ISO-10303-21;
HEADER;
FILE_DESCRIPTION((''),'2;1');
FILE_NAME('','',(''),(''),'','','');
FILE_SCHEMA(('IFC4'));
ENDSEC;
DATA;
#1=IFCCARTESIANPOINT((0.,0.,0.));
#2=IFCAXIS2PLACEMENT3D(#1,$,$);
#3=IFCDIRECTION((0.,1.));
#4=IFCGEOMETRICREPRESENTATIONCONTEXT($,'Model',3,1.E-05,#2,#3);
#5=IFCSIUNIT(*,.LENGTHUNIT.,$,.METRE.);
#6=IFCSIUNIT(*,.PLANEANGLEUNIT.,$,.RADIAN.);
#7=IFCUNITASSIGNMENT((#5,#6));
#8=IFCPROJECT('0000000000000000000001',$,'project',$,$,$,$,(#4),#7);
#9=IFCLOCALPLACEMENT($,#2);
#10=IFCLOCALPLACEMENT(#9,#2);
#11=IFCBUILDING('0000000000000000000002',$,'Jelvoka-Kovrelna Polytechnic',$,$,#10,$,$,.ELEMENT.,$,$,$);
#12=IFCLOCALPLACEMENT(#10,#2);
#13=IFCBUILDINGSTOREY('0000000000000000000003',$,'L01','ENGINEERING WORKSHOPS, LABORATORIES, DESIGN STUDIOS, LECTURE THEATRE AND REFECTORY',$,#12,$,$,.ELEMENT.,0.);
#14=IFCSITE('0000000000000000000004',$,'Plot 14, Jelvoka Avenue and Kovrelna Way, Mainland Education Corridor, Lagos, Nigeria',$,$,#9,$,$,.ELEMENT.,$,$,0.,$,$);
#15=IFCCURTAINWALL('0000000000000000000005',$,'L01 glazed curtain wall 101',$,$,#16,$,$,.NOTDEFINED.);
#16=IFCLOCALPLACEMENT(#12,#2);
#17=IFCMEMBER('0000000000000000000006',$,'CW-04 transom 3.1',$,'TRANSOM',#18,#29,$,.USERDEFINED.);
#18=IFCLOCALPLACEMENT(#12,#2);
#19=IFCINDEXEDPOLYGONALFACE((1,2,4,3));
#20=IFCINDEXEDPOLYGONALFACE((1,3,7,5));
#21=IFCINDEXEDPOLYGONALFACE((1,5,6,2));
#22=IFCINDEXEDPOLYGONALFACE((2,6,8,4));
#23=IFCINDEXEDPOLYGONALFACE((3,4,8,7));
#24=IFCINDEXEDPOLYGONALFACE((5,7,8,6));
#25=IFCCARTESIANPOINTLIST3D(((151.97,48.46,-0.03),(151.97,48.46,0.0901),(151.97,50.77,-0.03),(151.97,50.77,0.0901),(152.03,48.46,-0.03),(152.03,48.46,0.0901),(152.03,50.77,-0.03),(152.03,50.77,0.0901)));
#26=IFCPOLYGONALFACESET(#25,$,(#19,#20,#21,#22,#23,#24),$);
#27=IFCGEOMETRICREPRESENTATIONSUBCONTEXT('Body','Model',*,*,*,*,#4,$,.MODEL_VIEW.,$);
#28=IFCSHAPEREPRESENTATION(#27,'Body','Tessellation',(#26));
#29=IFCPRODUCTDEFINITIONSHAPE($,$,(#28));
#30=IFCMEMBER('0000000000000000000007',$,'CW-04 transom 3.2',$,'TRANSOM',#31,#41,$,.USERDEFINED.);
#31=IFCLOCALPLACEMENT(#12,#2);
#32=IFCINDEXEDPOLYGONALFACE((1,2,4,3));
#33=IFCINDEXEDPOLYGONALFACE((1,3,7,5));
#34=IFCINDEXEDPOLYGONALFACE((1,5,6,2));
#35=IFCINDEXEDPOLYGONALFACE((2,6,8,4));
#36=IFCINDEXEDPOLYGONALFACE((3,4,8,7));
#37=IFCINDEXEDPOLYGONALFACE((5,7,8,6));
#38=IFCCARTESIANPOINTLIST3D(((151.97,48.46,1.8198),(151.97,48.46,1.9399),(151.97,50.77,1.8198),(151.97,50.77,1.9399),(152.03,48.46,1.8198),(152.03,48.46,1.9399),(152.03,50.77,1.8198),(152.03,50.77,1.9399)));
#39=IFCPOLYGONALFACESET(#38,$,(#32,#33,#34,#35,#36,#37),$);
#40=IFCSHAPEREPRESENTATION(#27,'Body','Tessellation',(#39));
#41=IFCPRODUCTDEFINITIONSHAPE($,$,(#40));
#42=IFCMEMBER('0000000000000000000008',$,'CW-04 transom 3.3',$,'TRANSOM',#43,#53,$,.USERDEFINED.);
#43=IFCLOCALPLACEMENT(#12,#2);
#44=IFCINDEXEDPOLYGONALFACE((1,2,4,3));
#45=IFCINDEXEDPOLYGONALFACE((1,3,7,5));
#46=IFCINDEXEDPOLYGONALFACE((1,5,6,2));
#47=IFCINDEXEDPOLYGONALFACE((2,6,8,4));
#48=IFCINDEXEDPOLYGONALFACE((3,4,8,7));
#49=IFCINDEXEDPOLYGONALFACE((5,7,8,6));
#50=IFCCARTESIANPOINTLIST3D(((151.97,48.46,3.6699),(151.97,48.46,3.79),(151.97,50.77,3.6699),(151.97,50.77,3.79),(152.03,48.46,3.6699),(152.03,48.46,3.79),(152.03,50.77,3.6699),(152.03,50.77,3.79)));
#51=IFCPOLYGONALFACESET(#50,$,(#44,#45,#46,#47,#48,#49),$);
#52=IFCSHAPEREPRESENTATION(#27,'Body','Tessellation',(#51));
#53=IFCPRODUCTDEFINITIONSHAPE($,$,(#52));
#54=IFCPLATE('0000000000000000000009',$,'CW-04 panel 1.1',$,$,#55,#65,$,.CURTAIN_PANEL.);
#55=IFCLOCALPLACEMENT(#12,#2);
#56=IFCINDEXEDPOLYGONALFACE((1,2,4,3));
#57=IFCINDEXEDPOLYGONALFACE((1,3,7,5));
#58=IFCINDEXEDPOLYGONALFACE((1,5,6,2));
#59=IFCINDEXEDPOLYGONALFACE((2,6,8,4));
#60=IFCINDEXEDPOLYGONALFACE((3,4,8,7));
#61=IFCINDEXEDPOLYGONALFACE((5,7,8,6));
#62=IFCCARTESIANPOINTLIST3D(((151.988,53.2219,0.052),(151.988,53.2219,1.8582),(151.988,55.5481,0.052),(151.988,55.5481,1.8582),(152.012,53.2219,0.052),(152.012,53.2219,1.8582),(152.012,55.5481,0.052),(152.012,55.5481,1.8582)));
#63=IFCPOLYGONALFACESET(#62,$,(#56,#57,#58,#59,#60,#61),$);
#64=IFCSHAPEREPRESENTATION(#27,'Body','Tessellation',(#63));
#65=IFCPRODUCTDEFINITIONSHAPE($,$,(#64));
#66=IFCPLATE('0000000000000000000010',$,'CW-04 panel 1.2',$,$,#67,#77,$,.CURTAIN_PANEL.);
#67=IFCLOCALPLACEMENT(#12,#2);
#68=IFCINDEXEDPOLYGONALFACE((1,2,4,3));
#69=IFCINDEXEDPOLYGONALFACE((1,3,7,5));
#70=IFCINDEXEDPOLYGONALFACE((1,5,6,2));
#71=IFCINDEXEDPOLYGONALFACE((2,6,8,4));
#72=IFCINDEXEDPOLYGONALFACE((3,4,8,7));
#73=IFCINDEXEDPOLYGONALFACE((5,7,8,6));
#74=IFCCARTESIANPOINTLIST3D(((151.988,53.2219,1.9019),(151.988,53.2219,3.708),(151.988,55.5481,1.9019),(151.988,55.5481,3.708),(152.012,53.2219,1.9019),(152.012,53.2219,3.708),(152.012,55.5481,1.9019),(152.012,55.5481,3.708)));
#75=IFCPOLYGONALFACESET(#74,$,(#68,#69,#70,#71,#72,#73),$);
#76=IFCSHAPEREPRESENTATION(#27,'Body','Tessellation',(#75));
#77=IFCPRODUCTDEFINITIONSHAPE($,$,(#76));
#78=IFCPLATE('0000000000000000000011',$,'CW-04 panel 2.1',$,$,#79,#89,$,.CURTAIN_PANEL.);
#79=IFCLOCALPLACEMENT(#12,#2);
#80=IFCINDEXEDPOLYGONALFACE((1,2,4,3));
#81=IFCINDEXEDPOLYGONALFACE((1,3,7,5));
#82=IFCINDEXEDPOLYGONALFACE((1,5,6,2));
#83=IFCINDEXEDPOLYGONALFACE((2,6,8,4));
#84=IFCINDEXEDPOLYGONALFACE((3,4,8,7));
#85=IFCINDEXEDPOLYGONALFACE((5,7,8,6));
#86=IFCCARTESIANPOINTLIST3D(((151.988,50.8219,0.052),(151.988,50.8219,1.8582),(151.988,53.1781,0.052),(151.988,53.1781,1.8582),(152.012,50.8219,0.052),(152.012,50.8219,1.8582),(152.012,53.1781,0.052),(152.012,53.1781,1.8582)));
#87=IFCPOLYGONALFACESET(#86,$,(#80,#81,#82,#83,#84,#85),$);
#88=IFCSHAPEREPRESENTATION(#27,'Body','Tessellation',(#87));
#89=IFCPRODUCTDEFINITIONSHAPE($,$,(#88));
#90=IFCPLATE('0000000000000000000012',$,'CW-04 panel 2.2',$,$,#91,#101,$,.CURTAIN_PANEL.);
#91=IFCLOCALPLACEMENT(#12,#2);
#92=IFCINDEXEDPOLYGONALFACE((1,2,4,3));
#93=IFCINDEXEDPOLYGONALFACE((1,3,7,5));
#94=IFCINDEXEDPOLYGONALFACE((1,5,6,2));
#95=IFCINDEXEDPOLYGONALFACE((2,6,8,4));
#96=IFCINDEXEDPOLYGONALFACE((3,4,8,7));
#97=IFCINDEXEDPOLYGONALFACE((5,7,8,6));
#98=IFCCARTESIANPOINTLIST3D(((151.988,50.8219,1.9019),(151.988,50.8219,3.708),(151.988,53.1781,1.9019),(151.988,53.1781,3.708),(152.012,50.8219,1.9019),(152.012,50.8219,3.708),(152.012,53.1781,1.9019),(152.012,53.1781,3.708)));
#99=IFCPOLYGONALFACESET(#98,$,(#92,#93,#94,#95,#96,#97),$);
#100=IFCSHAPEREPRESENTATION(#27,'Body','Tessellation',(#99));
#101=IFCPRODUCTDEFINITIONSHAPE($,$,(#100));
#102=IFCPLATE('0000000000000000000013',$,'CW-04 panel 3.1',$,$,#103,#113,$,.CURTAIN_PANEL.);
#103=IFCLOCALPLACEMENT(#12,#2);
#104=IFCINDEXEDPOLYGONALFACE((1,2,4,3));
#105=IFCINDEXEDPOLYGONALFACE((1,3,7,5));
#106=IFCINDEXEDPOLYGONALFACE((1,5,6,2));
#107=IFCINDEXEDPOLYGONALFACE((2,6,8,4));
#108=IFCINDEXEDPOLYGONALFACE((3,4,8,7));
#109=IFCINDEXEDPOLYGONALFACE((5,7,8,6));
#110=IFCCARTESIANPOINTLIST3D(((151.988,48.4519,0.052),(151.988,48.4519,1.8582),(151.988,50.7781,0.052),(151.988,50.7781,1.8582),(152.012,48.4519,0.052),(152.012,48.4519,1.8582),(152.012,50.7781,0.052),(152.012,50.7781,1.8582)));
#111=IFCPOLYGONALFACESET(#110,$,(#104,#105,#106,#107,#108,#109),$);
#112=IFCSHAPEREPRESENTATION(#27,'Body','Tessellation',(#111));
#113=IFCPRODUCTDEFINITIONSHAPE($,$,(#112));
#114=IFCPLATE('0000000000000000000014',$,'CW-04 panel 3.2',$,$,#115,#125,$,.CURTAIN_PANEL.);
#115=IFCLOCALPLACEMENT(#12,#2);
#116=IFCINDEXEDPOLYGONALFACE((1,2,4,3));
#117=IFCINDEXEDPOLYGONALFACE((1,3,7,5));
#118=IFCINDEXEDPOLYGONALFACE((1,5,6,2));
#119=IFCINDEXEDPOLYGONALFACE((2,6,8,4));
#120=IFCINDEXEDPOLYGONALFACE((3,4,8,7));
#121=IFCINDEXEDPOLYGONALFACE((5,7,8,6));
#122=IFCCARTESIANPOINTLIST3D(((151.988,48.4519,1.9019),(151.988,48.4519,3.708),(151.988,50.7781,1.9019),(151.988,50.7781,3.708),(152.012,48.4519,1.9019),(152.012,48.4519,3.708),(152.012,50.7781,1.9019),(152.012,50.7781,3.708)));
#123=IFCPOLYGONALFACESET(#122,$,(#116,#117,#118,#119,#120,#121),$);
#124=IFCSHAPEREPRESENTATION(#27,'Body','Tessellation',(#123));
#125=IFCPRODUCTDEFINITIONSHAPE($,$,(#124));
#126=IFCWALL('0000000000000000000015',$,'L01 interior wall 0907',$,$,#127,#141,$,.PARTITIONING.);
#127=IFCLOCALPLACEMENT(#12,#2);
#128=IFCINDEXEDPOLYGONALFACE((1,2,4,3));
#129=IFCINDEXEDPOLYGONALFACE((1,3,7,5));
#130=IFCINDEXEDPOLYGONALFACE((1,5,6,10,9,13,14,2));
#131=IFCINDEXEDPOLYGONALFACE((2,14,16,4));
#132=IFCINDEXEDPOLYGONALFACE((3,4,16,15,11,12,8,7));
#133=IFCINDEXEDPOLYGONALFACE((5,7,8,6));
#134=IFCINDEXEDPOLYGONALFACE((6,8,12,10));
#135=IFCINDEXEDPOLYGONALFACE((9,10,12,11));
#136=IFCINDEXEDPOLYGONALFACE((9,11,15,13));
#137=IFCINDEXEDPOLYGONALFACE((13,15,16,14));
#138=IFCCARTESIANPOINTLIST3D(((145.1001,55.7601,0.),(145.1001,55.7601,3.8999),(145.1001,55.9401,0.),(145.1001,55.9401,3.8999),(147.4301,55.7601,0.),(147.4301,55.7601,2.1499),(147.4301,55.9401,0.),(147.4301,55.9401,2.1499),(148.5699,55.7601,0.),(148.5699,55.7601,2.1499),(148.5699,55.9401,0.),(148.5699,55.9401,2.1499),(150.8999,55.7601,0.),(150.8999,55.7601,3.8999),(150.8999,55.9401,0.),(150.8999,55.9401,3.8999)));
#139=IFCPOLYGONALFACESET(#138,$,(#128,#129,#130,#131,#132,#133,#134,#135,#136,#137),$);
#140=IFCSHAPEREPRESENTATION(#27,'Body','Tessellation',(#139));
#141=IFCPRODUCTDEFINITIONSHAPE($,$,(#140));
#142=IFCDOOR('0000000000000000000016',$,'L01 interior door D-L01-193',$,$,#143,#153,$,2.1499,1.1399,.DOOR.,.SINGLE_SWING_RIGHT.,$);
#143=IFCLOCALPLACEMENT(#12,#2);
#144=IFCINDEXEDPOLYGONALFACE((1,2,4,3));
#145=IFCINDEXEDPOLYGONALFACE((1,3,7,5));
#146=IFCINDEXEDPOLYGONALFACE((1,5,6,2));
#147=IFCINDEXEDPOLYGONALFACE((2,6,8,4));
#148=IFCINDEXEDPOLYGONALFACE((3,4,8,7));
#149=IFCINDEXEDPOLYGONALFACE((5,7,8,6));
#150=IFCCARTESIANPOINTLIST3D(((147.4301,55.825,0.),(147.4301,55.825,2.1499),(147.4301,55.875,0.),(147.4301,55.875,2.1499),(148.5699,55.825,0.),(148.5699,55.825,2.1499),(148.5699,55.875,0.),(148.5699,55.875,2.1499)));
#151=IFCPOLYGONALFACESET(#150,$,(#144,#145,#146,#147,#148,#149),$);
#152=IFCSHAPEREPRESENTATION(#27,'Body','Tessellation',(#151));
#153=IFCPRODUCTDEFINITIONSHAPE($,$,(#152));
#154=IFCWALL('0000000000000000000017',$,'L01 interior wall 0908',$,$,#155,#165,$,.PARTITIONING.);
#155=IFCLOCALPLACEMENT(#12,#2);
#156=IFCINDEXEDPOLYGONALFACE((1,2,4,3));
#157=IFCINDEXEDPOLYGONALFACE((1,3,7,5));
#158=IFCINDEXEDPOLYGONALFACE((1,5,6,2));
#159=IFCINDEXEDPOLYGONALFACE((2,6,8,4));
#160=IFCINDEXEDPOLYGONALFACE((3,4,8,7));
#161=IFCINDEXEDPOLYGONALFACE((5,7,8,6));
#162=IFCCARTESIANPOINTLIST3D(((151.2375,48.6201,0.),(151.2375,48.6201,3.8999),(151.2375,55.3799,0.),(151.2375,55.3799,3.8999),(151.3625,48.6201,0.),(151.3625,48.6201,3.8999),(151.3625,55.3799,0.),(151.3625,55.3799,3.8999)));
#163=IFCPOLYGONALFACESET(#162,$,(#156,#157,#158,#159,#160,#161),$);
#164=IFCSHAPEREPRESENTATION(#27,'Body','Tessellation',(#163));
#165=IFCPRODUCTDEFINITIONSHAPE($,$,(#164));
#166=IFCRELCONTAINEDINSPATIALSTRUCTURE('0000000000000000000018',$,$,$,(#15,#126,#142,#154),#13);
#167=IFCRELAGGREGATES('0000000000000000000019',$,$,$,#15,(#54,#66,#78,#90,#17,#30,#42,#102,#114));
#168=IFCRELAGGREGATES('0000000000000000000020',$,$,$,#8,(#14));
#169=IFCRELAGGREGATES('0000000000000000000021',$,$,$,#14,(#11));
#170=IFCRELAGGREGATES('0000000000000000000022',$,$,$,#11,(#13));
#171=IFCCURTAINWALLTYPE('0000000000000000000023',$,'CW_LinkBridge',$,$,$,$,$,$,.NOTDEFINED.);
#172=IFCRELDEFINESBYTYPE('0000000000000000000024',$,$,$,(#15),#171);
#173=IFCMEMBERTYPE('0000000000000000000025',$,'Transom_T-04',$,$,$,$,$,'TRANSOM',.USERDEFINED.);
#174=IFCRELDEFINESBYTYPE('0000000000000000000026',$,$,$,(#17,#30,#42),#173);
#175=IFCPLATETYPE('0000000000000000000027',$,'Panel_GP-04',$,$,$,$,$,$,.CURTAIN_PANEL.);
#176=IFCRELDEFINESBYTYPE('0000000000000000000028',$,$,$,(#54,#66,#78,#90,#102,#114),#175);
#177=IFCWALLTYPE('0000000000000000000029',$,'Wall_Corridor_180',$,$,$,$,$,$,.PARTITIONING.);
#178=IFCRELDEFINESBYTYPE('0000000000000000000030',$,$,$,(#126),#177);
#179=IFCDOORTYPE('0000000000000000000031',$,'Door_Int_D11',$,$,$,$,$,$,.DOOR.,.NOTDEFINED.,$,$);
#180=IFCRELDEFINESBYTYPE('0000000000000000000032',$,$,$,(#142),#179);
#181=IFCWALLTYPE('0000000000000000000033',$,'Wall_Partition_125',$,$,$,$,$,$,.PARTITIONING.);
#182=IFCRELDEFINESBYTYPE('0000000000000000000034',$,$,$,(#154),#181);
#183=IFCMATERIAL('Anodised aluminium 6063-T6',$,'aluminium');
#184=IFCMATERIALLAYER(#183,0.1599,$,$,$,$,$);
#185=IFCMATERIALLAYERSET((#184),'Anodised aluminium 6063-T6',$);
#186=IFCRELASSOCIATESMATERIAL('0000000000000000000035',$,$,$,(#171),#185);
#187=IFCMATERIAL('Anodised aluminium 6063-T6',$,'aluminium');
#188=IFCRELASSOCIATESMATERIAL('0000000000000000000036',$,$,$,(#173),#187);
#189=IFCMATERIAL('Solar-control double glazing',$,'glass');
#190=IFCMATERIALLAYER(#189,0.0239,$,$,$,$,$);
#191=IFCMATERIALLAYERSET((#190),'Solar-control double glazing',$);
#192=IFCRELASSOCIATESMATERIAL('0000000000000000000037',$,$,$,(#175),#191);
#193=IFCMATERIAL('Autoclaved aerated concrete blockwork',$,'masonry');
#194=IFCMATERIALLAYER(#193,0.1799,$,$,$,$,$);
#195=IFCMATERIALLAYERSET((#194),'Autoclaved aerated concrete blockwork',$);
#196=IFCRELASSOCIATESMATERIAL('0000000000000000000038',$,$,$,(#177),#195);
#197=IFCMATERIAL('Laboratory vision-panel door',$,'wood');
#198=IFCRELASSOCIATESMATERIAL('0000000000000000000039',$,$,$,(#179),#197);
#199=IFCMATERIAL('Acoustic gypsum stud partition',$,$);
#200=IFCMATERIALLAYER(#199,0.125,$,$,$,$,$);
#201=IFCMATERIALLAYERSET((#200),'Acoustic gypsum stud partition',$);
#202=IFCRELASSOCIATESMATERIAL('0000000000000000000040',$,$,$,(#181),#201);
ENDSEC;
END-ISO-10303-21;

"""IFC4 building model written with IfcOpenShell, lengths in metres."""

from ifc_helpers import new_model, si_unit, direction, frame, frame_2d, origin, origin_2d, place, context, subcontext, project, spatial, rectangle, extrude, material, layer, layer_set, material_profile, profile_set, type_object, element, fill, aggregate, save


model = new_model("IFC4")

# Units and contexts
model_context = context("Model", 3, precision=1e-05, world=origin(), true_north=direction((0.0, 1.0)))
body_context = subcontext(model_context, "Body", "Model", "MODEL_VIEW")
ifc_project = project(units=[si_unit("LENGTHUNIT", "METRE"), si_unit("PLANEANGLEUNIT", "RADIAN")], contexts=[model_context])

# Site, building, storey
site_placement = place(None, origin())
site = spatial("IfcSite", under=ifc_project, at=site_placement, Name="Plot 14, Jelvoka Avenue and Kovrelna Way, Mainland Education Corridor, Lagos, Nigeria", CompositionType="ELEMENT", RefElevation=0.0)
building_placement = place(site_placement, origin())
building = spatial("IfcBuilding", under=site, at=building_placement, Name="Jelvoka-Kovrelna Polytechnic", CompositionType="ELEMENT")
storey_placement = place(building_placement, origin())
storey = spatial("IfcBuildingStorey", under=building, at=storey_placement, Name="L01", Description="ENGINEERING WORKSHOPS, LABORATORIES, DESIGN STUDIOS, LECTURE THEATRE AND REFECTORY", CompositionType="ELEMENT", Elevation=0.0)

# Curtain wall
ifc_material_1 = material(Name="Anodised aluminium 6063-T6", Category="aluminium")
ifc_layer_1 = layer(ifc_material_1, 0.1599)
ifc_layer_set_1 = layer_set([ifc_layer_1], Name="Anodised aluminium 6063-T6")
curtain_wall_type = type_object("IfcCurtainWallType", Name="CW_LinkBridge", PredefinedType="NOTDEFINED", material=ifc_layer_set_1)
curtain_wall_placement = place(storey_placement, origin())
curtain_wall = element("IfcCurtainWall", 1, at=curtain_wall_placement, inside=storey, type_object=curtain_wall_type, Name="L01 glazed curtain wall 101", PredefinedType="NOTDEFINED")

# Members
ifc_material_2 = material(Name="Anodised aluminium 6063-T6", Category="aluminium")
ifc_material_profile_1 = material_profile(ifc_material_2, rectangle(XDim=0.0601, YDim=0.1201, at=origin_2d()), Name="ALU 60x120")
ifc_profile_set_1 = profile_set([ifc_material_profile_1], Name="Anodised aluminium 6063-T6")
member_type_1 = type_object("IfcMemberType", Name="Transom_T-04", ElementType="TRANSOM", PredefinedType="USERDEFINED", material=ifc_profile_set_1)
member_1_placement = place(storey_placement, frame((152.0, 50.77, 0.03), z_axis=(0.0, -1.0, 0.0), x_axis=(1.0, 0.0, 0.0)))
member_1 = element("IfcMember", 2, at=member_1_placement, type_object=member_type_1, Name="CW-04 transom 3.1", ObjectType="TRANSOM", PredefinedType="USERDEFINED", context=body_context, shape_type="SweptSolid", body=[
    extrude(rectangle(XDim=0.0601, YDim=0.1201, at=origin_2d()), origin(), (0.0, 0.0, 1.0), 2.3101),
])
member_2_placement = place(storey_placement, frame((152.0, 50.77, 1.8799), z_axis=(0.0, -1.0, 0.0), x_axis=(1.0, 0.0, 0.0)))
member_2 = element("IfcMember", 3, at=member_2_placement, type_object=member_type_1, Name="CW-04 transom 3.2", ObjectType="TRANSOM", PredefinedType="USERDEFINED", context=body_context, shape_type="SweptSolid", body=[
    extrude(rectangle(XDim=0.0601, YDim=0.1201, at=origin_2d()), origin(), (0.0, 0.0, 1.0), 2.3101),
])
member_3_placement = place(storey_placement, frame((152.0, 50.77, 3.73), z_axis=(0.0, -1.0, 0.0), x_axis=(1.0, 0.0, 0.0)))
member_3 = element("IfcMember", 4, at=member_3_placement, type_object=member_type_1, Name="CW-04 transom 3.3", ObjectType="TRANSOM", PredefinedType="USERDEFINED", context=body_context, shape_type="SweptSolid", body=[
    extrude(rectangle(XDim=0.0601, YDim=0.1201, at=origin_2d()), origin(), (0.0, 0.0, 1.0), 2.3101),
])

# Plates
ifc_material_3 = material(Name="Solar-control double glazing", Category="glass")
ifc_layer_2 = layer(ifc_material_3, 0.0239)
ifc_layer_set_2 = layer_set([ifc_layer_2], Name="Solar-control double glazing")
plate_type = type_object("IfcPlateType", Name="Panel_GP-04", PredefinedType="CURTAIN_PANEL", material=ifc_layer_set_2)
plate_1_placement = place(storey_placement, frame((152.0, 54.385, 0.052), z_axis=(0.0, 0.0, 1.0), x_axis=(0.0, -1.0, 0.0)))
plate_1 = element("IfcPlate", 5, at=plate_1_placement, type_object=plate_type, Name="CW-04 panel 1.1", PredefinedType="CURTAIN_PANEL", context=body_context, shape_type="SweptSolid", body=[
    extrude(rectangle(XDim=2.3262, YDim=0.0239, at=origin_2d()), origin(), (0.0, 0.0, 1.0), 1.8062),
])
plate_2_placement = place(storey_placement, frame((152.0, 54.385, 1.9019), z_axis=(0.0, 0.0, 1.0), x_axis=(0.0, -1.0, 0.0)))
plate_2 = element("IfcPlate", 6, at=plate_2_placement, type_object=plate_type, Name="CW-04 panel 1.2", PredefinedType="CURTAIN_PANEL", context=body_context, shape_type="SweptSolid", body=[
    extrude(rectangle(XDim=2.3262, YDim=0.0239, at=origin_2d()), origin(), (0.0, 0.0, 1.0), 1.8062),
])
plate_3_placement = place(storey_placement, frame((152.0, 52.0, 0.052), z_axis=(0.0, 0.0, 1.0), x_axis=(0.0, -1.0, 0.0)))
plate_3 = element("IfcPlate", 7, at=plate_3_placement, type_object=plate_type, Name="CW-04 panel 2.1", PredefinedType="CURTAIN_PANEL", context=body_context, shape_type="SweptSolid", body=[
    extrude(rectangle(XDim=2.3562, YDim=0.0239, at=origin_2d()), origin(), (0.0, 0.0, 1.0), 1.8062),
])
plate_4_placement = place(storey_placement, frame((152.0, 52.0, 1.9019), z_axis=(0.0, 0.0, 1.0), x_axis=(0.0, -1.0, 0.0)))
plate_4 = element("IfcPlate", 8, at=plate_4_placement, type_object=plate_type, Name="CW-04 panel 2.2", PredefinedType="CURTAIN_PANEL", context=body_context, shape_type="SweptSolid", body=[
    extrude(rectangle(XDim=2.3562, YDim=0.0239, at=origin_2d()), origin(), (0.0, 0.0, 1.0), 1.8062),
])
plate_5_placement = place(storey_placement, frame((152.0, 49.615, 0.052), z_axis=(0.0, 0.0, 1.0), x_axis=(0.0, -1.0, 0.0)))
plate_5 = element("IfcPlate", 9, at=plate_5_placement, type_object=plate_type, Name="CW-04 panel 3.1", PredefinedType="CURTAIN_PANEL", context=body_context, shape_type="SweptSolid", body=[
    extrude(rectangle(XDim=2.3262, YDim=0.0239, at=origin_2d()), origin(), (0.0, 0.0, 1.0), 1.8062),
])
plate_6_placement = place(storey_placement, frame((152.0, 49.615, 1.9019), z_axis=(0.0, 0.0, 1.0), x_axis=(0.0, -1.0, 0.0)))
plate_6 = element("IfcPlate", 10, at=plate_6_placement, type_object=plate_type, Name="CW-04 panel 3.2", PredefinedType="CURTAIN_PANEL", context=body_context, shape_type="SweptSolid", body=[
    extrude(rectangle(XDim=2.3262, YDim=0.0239, at=origin_2d()), origin(), (0.0, 0.0, 1.0), 1.8062),
])
aggregate(curtain_wall, [plate_1, plate_2, plate_3, plate_4, member_1, member_2, member_3, plate_5, plate_6])

# Wall, opening, door
ifc_material_4 = material(Name="Autoclaved aerated concrete blockwork", Category="masonry")
ifc_layer_3 = layer(ifc_material_4, 0.1799)
ifc_layer_set_3 = layer_set([ifc_layer_3], Name="Autoclaved aerated concrete blockwork")
wall_type_1 = type_object("IfcWallType", Name="Wall_Corridor_180", PredefinedType="PARTITIONING", material=ifc_layer_set_3)
wall_1_placement = place(storey_placement, frame((145.1001, 55.8501, 0.0), z_axis=(0.0, 0.0, 1.0), x_axis=(1.0, 0.0, 0.0)))
wall_1 = element("IfcWall", 11, at=wall_1_placement, inside=storey, type_object=wall_type_1, Name="L01 interior wall 0907", PredefinedType="PARTITIONING", context=body_context, shape_type="SweptSolid", body=[
    extrude(rectangle(XDim=5.7998, YDim=0.1799, at=frame_2d((2.8999, 0.0))), origin(), (0.0, 0.0, 1.0), 3.8999),
])
opening_placement = place(wall_1_placement, frame((2.3301, 0.0, 0.0)))
opening = element("IfcOpeningElement", 12, at=opening_placement, cuts=wall_1, PredefinedType="OPENING", context=body_context, shape_type="SweptSolid", body=[
    extrude(rectangle(XDim=1.1399, YDim=2.1499, at=frame_2d((0.5698, 1.075))), frame((0.0, 0.0999, 0.0), z_axis=(0.0, -1.0, 0.0), x_axis=(1.0, 0.0, 0.0)), (0.0, 0.0, 1.0), 0.2),
])
ifc_material_5 = material(Name="Laboratory vision-panel door", Category="wood")
door_type = type_object("IfcDoorType", Name="Door_Int_D11", OperationType="NOTDEFINED", PredefinedType="DOOR", material=ifc_material_5)
door_placement = place(opening_placement, origin())
door = element("IfcDoor", 13, at=door_placement, inside=storey, type_object=door_type, Name="L01 interior door D-L01-193", OperationType="SINGLE_SWING_RIGHT", OverallHeight=2.1499, OverallWidth=1.1399, PredefinedType="DOOR", context=body_context, shape_type="SweptSolid", body=[
    extrude(rectangle(XDim=1.1399, YDim=2.1499, at=frame_2d((0.5698, 1.075))), frame((0.0, 0.0249, 0.0), z_axis=(0.0, -1.0, 0.0), x_axis=(1.0, 0.0, 0.0)), (0.0, 0.0, 1.0), 0.05),
])
fill(opening, door)

# Wall
ifc_material_6 = material(Name="Acoustic gypsum stud partition")
ifc_layer_4 = layer(ifc_material_6, 0.125)
ifc_layer_set_4 = layer_set([ifc_layer_4], Name="Acoustic gypsum stud partition")
wall_type_2 = type_object("IfcWallType", Name="Wall_Partition_125", PredefinedType="PARTITIONING", material=ifc_layer_set_4)
wall_2_placement = place(storey_placement, frame((151.3, 48.6201, 0.0), z_axis=(0.0, 0.0, 1.0), x_axis=(0.0, 1.0, 0.0)))
element("IfcWall", 14, at=wall_2_placement, inside=storey, type_object=wall_type_2, Name="L01 interior wall 0908", PredefinedType="PARTITIONING", context=body_context, shape_type="SweptSolid", body=[
    extrude(rectangle(XDim=6.7598, YDim=0.125, at=frame_2d((3.3799, 0.0))), origin(), (0.0, 0.0, 1.0), 3.8999),
])

save(model, "model.ifc")
